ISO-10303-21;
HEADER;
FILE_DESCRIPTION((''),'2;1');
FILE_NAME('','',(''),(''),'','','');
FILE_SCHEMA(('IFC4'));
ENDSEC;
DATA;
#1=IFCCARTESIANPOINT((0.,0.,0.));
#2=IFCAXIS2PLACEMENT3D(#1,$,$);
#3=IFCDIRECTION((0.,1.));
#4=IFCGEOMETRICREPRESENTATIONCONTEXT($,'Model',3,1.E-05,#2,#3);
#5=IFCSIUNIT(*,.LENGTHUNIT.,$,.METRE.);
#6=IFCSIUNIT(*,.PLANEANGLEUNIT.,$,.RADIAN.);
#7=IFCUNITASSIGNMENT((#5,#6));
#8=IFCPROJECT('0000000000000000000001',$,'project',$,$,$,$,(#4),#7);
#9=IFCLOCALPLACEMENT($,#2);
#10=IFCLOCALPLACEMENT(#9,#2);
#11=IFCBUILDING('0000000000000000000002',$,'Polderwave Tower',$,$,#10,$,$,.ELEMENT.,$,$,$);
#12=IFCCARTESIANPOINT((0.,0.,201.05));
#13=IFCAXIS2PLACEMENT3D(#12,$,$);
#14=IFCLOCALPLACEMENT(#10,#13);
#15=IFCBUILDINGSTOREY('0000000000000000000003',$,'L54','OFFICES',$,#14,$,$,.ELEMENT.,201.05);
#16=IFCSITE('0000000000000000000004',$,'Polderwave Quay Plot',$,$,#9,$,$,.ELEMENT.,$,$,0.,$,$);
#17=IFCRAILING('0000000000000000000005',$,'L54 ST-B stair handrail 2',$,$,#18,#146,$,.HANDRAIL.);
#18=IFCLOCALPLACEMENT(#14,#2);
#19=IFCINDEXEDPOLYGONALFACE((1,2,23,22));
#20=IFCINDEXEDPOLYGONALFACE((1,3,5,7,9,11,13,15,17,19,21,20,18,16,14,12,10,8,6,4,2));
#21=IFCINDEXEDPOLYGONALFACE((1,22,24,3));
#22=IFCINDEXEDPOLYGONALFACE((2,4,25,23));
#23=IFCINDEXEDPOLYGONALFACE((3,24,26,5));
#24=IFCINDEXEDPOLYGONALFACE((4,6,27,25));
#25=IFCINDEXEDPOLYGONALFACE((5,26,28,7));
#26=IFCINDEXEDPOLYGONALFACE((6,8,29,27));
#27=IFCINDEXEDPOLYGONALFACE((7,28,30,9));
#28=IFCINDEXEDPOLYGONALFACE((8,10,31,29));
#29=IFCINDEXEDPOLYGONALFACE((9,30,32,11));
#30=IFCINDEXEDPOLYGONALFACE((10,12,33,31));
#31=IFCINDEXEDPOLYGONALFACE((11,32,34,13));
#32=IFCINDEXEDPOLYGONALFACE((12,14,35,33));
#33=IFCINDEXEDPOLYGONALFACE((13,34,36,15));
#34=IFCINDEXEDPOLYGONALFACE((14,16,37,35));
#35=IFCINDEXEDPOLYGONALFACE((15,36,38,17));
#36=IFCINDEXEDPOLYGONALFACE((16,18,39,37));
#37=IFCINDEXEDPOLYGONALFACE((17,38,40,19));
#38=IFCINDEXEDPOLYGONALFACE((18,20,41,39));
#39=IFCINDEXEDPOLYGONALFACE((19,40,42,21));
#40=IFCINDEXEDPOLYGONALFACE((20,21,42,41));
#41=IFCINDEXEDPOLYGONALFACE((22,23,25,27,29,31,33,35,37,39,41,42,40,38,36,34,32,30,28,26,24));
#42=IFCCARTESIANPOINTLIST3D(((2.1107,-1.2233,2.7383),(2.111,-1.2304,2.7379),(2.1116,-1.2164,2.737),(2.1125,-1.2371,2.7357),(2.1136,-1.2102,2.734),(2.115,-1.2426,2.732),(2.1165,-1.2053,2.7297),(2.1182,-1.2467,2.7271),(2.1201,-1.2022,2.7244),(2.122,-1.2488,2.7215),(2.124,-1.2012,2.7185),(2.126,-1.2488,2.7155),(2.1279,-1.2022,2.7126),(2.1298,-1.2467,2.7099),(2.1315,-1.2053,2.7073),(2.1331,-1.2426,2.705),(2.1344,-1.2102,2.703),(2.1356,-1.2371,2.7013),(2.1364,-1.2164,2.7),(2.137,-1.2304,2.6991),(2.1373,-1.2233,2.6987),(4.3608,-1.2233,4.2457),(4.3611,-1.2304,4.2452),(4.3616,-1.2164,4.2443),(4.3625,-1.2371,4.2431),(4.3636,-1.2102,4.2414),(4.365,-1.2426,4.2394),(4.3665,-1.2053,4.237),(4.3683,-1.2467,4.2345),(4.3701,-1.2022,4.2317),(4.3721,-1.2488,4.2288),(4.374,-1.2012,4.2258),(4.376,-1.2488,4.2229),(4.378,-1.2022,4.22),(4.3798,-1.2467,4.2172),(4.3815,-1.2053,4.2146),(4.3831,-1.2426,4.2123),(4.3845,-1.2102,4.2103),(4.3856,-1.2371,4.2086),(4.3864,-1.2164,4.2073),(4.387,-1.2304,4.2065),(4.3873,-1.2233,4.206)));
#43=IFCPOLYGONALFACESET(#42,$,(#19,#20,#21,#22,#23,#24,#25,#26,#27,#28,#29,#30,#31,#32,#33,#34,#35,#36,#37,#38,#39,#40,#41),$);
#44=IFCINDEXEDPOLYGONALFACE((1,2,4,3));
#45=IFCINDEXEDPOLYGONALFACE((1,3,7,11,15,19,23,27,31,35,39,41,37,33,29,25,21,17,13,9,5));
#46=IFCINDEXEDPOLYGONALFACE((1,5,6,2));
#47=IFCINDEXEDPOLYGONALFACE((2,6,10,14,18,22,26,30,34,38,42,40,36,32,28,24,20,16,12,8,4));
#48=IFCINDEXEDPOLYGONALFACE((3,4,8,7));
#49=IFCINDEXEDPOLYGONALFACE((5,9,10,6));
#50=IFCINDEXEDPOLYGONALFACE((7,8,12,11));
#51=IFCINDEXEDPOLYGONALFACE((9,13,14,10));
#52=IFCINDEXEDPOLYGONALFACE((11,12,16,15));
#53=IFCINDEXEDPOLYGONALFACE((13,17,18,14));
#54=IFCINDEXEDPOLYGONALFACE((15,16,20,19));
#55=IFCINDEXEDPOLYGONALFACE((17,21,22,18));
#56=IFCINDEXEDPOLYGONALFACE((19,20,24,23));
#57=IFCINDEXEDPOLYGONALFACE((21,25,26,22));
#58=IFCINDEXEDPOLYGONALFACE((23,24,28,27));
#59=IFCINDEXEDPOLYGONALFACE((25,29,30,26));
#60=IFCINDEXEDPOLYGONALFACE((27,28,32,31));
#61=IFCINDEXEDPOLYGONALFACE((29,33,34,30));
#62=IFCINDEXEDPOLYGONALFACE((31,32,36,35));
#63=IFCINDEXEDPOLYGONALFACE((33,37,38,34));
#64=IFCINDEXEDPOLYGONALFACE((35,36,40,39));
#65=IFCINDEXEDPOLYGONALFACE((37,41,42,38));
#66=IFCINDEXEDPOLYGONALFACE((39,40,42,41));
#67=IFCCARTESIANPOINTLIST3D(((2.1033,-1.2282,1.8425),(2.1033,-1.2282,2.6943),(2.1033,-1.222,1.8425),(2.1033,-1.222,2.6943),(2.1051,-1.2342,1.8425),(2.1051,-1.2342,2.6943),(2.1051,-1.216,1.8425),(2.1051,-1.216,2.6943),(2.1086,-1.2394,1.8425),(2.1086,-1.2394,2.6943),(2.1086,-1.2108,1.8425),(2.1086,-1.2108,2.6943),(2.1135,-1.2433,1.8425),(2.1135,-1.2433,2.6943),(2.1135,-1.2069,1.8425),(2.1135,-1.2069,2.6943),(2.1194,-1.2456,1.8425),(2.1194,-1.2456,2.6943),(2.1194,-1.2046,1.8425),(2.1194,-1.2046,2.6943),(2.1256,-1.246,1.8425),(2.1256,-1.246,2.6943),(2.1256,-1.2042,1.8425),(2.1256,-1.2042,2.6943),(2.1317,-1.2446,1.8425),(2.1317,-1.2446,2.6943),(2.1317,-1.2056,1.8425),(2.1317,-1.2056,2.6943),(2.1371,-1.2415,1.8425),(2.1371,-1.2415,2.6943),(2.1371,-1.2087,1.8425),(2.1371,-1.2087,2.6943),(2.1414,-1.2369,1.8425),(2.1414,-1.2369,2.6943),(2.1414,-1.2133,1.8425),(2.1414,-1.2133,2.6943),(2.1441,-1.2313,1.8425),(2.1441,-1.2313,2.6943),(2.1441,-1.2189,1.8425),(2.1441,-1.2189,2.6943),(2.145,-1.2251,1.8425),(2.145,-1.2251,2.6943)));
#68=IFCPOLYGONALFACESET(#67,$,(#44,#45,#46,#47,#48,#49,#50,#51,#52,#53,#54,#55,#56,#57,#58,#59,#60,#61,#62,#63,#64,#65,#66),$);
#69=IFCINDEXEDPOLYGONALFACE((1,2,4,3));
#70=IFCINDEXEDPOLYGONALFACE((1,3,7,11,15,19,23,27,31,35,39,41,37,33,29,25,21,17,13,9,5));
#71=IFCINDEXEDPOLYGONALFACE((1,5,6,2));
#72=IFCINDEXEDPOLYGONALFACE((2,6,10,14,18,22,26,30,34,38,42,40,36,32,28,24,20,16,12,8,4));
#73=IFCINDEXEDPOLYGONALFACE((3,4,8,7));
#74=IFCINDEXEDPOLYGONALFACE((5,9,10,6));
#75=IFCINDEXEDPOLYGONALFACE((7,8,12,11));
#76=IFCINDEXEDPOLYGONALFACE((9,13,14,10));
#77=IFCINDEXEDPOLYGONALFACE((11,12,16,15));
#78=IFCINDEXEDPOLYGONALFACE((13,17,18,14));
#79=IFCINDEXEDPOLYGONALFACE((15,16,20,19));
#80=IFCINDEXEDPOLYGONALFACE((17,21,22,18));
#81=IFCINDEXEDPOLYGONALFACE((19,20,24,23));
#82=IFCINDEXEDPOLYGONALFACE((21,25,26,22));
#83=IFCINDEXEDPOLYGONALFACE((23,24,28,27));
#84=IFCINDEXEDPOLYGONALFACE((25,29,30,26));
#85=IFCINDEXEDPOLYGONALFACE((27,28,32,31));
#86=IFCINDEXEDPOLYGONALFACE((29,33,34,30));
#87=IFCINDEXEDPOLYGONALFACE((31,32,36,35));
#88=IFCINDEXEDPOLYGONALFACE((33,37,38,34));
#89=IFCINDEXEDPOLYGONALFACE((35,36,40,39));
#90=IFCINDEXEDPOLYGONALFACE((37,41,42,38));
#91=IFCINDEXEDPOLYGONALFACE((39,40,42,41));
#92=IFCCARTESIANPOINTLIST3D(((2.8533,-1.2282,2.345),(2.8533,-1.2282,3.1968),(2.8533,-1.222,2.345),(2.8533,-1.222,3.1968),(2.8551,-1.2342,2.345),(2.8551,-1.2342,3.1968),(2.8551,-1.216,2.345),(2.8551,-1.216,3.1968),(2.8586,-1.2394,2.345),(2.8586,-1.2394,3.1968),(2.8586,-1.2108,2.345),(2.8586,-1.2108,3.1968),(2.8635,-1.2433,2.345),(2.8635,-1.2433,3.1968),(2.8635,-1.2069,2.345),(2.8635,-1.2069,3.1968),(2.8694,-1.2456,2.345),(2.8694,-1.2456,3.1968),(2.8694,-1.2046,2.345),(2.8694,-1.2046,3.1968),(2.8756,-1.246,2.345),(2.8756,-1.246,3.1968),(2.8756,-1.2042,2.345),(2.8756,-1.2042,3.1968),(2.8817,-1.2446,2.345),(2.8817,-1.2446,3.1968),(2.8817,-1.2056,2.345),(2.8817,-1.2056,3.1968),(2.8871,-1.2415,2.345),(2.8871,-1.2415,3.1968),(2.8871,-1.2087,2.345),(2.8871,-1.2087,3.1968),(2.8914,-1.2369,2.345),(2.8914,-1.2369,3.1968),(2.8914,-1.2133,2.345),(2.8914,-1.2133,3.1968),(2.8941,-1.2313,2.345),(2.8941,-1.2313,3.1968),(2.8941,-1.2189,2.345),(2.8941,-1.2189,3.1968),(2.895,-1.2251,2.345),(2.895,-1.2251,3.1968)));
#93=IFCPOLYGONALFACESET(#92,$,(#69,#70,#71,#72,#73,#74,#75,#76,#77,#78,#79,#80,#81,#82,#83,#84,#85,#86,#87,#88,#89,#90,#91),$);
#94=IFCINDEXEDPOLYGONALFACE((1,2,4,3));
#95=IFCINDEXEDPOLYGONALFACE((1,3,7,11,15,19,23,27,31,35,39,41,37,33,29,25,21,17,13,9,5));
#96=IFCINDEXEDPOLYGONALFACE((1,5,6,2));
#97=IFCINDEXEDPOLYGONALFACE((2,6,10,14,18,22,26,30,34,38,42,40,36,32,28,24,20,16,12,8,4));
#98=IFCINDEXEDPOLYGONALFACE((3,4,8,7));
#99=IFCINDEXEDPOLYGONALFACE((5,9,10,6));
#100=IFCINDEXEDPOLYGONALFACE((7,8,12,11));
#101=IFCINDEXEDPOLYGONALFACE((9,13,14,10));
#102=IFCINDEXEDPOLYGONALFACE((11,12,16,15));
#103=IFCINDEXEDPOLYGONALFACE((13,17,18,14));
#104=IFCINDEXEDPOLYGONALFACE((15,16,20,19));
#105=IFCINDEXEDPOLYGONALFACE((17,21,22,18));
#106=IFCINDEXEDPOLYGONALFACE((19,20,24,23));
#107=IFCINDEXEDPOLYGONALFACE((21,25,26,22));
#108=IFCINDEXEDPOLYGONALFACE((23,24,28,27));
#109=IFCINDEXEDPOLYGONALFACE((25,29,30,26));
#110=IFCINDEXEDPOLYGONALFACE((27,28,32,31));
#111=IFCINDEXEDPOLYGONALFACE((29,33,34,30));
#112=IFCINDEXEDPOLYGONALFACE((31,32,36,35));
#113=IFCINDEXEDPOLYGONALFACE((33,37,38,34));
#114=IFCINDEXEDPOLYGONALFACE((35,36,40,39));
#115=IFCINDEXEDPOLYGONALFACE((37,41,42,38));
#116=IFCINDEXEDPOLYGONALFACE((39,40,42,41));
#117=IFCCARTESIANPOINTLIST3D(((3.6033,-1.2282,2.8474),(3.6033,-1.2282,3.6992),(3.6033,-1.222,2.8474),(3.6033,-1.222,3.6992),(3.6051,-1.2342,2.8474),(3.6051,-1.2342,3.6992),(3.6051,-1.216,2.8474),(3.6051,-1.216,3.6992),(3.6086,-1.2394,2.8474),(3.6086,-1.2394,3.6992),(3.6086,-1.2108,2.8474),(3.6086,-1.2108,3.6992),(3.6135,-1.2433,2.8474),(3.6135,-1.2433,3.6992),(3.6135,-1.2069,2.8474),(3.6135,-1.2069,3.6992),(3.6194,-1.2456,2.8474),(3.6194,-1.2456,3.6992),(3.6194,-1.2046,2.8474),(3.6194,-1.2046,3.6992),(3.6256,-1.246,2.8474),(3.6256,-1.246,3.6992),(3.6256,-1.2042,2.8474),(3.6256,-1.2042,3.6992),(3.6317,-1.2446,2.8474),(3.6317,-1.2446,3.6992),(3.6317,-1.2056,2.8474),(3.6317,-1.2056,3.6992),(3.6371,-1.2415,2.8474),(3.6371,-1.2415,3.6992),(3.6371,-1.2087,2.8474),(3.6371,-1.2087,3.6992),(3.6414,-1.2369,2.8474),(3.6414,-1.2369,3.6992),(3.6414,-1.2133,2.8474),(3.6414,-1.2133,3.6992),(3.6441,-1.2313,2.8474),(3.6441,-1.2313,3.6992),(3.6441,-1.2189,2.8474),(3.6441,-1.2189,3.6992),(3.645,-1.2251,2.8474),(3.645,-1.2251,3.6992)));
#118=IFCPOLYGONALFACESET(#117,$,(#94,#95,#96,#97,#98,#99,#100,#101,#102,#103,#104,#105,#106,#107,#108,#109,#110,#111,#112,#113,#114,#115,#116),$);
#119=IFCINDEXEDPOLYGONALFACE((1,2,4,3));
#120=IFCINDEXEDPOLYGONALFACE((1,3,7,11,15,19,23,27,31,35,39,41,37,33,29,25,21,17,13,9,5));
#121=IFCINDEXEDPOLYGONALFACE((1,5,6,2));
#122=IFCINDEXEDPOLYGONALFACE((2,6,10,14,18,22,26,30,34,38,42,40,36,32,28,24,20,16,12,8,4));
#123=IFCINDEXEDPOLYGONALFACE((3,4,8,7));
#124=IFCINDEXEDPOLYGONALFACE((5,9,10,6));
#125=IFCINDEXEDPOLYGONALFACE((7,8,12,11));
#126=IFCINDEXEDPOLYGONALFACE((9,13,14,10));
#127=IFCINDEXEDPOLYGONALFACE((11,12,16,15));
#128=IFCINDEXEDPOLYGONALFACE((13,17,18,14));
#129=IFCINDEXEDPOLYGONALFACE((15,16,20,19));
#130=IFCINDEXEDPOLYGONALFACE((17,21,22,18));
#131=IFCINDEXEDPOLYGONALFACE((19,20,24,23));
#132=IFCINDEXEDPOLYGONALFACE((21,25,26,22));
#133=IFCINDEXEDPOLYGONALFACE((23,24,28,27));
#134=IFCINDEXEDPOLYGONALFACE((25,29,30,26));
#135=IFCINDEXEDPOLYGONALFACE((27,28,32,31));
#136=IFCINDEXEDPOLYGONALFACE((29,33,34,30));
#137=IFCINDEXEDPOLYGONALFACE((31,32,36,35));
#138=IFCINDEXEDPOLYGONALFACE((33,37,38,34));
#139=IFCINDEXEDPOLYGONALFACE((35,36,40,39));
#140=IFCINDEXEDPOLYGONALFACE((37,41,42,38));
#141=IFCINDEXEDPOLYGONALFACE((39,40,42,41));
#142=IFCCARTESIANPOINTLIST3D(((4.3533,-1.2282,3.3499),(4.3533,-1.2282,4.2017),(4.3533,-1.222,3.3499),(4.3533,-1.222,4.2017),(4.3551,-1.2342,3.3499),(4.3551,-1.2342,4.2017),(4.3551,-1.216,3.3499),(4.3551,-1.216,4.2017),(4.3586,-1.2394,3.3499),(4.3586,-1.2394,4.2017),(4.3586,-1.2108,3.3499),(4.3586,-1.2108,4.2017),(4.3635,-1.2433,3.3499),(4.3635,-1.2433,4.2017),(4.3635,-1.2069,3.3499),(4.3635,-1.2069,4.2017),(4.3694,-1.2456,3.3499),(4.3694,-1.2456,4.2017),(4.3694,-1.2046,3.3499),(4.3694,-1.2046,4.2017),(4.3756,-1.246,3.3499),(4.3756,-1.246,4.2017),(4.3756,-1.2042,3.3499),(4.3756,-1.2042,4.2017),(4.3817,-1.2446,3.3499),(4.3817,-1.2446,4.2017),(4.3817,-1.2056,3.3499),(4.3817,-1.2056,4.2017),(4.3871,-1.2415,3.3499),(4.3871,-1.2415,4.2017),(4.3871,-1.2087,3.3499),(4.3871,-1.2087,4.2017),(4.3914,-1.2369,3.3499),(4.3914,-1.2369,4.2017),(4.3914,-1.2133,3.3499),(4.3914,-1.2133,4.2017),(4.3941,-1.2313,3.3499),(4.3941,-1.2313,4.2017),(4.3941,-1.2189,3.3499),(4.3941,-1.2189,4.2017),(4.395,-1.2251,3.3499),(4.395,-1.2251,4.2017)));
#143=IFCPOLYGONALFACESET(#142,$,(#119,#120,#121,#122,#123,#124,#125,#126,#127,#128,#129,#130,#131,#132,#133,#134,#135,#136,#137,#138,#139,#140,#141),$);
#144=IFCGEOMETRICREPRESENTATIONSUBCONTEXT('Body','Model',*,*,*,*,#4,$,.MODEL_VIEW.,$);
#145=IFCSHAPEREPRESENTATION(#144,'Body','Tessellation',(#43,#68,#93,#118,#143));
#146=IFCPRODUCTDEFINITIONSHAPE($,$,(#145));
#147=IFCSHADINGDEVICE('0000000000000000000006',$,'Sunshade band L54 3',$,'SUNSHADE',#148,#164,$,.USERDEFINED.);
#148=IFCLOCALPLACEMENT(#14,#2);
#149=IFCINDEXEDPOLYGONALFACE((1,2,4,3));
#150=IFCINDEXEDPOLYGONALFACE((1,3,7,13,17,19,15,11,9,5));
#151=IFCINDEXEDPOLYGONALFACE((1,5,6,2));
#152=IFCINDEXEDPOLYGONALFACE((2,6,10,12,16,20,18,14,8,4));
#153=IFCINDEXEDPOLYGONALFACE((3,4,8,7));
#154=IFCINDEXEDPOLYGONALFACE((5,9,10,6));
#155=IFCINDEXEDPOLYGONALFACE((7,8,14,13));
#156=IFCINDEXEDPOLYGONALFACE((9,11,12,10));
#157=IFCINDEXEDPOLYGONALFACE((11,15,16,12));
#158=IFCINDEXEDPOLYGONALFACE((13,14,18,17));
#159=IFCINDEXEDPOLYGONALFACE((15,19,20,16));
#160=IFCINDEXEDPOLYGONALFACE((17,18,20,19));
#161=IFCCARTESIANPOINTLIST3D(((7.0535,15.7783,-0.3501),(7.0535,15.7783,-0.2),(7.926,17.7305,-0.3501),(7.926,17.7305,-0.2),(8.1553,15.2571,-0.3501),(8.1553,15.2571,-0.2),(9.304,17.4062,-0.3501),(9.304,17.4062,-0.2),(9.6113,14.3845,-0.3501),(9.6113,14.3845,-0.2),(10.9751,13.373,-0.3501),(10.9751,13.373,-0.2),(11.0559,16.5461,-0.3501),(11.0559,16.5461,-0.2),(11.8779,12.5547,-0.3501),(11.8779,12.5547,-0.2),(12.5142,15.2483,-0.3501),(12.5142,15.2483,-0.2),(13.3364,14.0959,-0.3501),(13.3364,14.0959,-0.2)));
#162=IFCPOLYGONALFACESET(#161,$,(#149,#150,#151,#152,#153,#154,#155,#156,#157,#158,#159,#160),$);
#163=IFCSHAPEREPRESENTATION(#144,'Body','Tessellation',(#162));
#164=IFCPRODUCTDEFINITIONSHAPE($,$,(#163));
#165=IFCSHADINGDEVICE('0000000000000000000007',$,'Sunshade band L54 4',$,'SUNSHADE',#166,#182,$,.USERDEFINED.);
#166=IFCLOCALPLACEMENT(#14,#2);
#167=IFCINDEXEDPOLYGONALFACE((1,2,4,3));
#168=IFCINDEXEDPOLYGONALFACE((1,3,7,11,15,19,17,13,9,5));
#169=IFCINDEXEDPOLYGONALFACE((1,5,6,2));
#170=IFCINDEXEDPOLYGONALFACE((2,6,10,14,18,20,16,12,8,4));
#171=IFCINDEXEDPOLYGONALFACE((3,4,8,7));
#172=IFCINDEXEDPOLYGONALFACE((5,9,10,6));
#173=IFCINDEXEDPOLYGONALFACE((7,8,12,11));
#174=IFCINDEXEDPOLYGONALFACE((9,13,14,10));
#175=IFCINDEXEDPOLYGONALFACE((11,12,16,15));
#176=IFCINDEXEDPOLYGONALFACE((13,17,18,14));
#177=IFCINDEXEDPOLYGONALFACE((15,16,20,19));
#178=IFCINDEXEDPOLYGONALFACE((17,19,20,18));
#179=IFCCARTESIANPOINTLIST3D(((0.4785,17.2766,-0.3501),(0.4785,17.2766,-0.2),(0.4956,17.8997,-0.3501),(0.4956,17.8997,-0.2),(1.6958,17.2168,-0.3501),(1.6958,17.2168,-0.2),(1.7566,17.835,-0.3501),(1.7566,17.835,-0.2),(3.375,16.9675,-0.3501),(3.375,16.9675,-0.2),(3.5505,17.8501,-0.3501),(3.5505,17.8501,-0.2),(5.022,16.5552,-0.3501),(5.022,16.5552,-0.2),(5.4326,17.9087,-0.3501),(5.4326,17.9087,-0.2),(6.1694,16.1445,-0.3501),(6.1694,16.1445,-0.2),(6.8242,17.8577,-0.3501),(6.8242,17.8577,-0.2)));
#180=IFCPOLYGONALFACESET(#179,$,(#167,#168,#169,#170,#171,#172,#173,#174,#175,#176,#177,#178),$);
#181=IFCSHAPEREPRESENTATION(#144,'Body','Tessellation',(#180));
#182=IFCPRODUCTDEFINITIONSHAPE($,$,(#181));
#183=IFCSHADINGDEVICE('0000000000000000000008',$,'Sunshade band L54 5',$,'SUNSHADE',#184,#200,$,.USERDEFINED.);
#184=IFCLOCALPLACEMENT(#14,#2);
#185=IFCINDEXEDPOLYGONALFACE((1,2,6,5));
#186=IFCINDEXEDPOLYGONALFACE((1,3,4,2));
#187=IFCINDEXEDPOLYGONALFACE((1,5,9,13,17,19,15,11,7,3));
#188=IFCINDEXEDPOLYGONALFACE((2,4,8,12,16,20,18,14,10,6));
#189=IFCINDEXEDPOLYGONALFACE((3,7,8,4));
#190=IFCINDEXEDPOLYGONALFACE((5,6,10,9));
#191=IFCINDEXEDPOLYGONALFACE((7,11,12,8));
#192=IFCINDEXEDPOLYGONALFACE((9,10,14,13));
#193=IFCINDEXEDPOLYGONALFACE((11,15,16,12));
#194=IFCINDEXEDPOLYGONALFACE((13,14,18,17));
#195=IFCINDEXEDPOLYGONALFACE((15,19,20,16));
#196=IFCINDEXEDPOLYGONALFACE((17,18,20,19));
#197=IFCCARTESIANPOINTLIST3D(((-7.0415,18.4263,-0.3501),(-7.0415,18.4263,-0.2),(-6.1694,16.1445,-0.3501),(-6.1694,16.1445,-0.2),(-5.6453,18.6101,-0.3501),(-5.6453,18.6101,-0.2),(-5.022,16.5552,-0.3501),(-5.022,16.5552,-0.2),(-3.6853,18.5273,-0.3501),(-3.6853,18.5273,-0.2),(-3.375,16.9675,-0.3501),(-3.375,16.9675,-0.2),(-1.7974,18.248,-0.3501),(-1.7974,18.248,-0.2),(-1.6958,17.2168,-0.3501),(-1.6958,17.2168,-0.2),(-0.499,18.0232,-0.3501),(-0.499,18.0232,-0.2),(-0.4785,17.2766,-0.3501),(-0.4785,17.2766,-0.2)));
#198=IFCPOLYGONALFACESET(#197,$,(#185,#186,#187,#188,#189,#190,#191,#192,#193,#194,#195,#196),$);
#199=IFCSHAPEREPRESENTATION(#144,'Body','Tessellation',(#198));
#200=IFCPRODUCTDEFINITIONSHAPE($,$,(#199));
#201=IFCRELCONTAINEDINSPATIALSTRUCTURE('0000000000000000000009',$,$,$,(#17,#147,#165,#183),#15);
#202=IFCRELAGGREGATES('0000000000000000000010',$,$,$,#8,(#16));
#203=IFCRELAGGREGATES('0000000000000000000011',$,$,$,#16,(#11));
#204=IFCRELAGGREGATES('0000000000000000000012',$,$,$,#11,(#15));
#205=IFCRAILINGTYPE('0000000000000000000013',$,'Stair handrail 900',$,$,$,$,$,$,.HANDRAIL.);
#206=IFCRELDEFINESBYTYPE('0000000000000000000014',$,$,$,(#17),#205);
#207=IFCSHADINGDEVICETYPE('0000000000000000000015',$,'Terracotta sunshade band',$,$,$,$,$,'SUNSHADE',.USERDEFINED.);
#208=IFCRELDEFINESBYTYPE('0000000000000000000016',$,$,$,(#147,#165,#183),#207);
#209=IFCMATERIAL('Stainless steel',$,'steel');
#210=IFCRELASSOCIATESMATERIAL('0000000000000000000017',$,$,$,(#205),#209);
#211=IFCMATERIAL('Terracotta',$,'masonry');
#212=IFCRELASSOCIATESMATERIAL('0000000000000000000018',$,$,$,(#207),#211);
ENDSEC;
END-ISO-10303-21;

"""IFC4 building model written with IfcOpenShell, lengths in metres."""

from ifc_helpers import new_model, si_unit, direction, frame, origin, origin_2d, place, context, subcontext, project, spatial, polyline, circle, outline, extrude, material, type_object, element, save


model = new_model("IFC4")

# Units and contexts
model_context = context("Model", 3, precision=1e-05, world=origin(), true_north=direction((0.0, 1.0)))
body_context = subcontext(model_context, "Body", "Model", "MODEL_VIEW")
ifc_project = project(units=[si_unit("LENGTHUNIT", "METRE"), si_unit("PLANEANGLEUNIT", "RADIAN")], contexts=[model_context])

# Site, building, storey
site_placement = place(None, origin())
site = spatial("IfcSite", under=ifc_project, at=site_placement, Name="Polderwave Quay Plot", CompositionType="ELEMENT", RefElevation=0.0)
building_placement = place(site_placement, origin())
building = spatial("IfcBuilding", under=site, at=building_placement, Name="Polderwave Tower", CompositionType="ELEMENT")
storey_placement = place(building_placement, frame((0.0, 0.0, 201.05)))
storey = spatial("IfcBuildingStorey", under=building, at=storey_placement, Name="L54", Description="OFFICES", CompositionType="ELEMENT", Elevation=201.05)

# Railing
ifc_material_1 = material(Name="Stainless steel", Category="steel")
railing_type_1 = type_object("IfcRailingType", Name="Stair handrail 900", PredefinedType="HANDRAIL", material=ifc_material_1)
railing_1_placement = place(storey_placement, frame((2.124, -1.2251, 1.8425)))
element("IfcRailing", 1, at=railing_1_placement, inside=storey, type_object=railing_type_1, Name="L54 ST-B stair handrail 2", PredefinedType="HANDRAIL", context=body_context, shape_type="SweptSolid", body=[
    extrude(circle(Radius=0.0239, at=origin_2d()), frame((0.0, 0.0, 0.876), z_axis=(0.8308, 0.0, 0.556571), x_axis=(0.0, 1.0, 0.0)), (0.0, 0.0, 1.0), 2.7083),
    extrude(circle(Radius=0.021, at=origin_2d()), origin(), (0.0, 0.0, 1.0), 0.8518),
    extrude(circle(Radius=0.021, at=origin_2d()), frame((0.75, 0.0, 0.5024)), (0.0, 0.0, 1.0), 0.8518),
    extrude(circle(Radius=0.021, at=origin_2d()), frame((1.5, 0.0, 1.0049)), (0.0, 0.0, 1.0), 0.8518),
    extrude(circle(Radius=0.021, at=origin_2d()), frame((2.25, 0.0, 1.5073)), (0.0, 0.0, 1.0), 0.8518),
])

# Shading devices
ifc_material_2 = material(Name="Terracotta", Category="masonry")
shading_device_type = type_object("IfcShadingDeviceType", Name="Terracotta sunshade band", ElementType="SUNSHADE", PredefinedType="USERDEFINED", material=ifc_material_2)
shading_device_1_placement = place(storey_placement, frame((0.0, 0.0, -0.3501)))
element("IfcShadingDevice", 2, at=shading_device_1_placement, inside=storey, type_object=shading_device_type, Name="Sunshade band L54 3", ObjectType="SUNSHADE", PredefinedType="USERDEFINED", context=body_context, shape_type="SweptSolid", body=[
    extrude(outline(polyline([(11.8779, 12.5547), (10.9751, 13.373), (9.6113, 14.3845), (8.1553, 15.2571), (7.0535, 15.7783), (7.926, 17.7305), (9.304, 17.4062), (11.0559, 16.5461), (12.5142, 15.2483), (13.3364, 14.0959), (11.8779, 12.5547)])), origin(), (0.0, 0.0, 1.0), 0.1501),
])
shading_device_2_placement = place(storey_placement, frame((0.0, 0.0, -0.3501)))
element("IfcShadingDevice", 3, at=shading_device_2_placement, inside=storey, type_object=shading_device_type, Name="Sunshade band L54 4", ObjectType="SUNSHADE", PredefinedType="USERDEFINED", context=body_context, shape_type="SweptSolid", body=[
    extrude(outline(polyline([(6.1694, 16.1445), (5.022, 16.5552), (3.375, 16.9675), (1.6958, 17.2168), (0.4785, 17.2766), (0.4956, 17.8997), (1.7566, 17.835), (3.5505, 17.8501), (5.4326, 17.9087), (6.8242, 17.8577), (6.1694, 16.1445)])), origin(), (0.0, 0.0, 1.0), 0.1501),
])
shading_device_3_placement = place(storey_placement, frame((0.0, 0.0, -0.3501)))
element("IfcShadingDevice", 4, at=shading_device_3_placement, inside=storey, type_object=shading_device_type, Name="Sunshade band L54 5", ObjectType="SUNSHADE", PredefinedType="USERDEFINED", context=body_context, shape_type="SweptSolid", body=[
    extrude(outline(polyline([(-0.4785, 17.2766), (-1.6958, 17.2168), (-3.375, 16.9675), (-5.022, 16.5552), (-6.1694, 16.1445), (-7.0415, 18.4263), (-5.6453, 18.6101), (-3.6853, 18.5273), (-1.7974, 18.248), (-0.499, 18.0232), (-0.4785, 17.2766)])), origin(), (0.0, 0.0, 1.0), 0.1501),
])

save(model, "model.ifc")
